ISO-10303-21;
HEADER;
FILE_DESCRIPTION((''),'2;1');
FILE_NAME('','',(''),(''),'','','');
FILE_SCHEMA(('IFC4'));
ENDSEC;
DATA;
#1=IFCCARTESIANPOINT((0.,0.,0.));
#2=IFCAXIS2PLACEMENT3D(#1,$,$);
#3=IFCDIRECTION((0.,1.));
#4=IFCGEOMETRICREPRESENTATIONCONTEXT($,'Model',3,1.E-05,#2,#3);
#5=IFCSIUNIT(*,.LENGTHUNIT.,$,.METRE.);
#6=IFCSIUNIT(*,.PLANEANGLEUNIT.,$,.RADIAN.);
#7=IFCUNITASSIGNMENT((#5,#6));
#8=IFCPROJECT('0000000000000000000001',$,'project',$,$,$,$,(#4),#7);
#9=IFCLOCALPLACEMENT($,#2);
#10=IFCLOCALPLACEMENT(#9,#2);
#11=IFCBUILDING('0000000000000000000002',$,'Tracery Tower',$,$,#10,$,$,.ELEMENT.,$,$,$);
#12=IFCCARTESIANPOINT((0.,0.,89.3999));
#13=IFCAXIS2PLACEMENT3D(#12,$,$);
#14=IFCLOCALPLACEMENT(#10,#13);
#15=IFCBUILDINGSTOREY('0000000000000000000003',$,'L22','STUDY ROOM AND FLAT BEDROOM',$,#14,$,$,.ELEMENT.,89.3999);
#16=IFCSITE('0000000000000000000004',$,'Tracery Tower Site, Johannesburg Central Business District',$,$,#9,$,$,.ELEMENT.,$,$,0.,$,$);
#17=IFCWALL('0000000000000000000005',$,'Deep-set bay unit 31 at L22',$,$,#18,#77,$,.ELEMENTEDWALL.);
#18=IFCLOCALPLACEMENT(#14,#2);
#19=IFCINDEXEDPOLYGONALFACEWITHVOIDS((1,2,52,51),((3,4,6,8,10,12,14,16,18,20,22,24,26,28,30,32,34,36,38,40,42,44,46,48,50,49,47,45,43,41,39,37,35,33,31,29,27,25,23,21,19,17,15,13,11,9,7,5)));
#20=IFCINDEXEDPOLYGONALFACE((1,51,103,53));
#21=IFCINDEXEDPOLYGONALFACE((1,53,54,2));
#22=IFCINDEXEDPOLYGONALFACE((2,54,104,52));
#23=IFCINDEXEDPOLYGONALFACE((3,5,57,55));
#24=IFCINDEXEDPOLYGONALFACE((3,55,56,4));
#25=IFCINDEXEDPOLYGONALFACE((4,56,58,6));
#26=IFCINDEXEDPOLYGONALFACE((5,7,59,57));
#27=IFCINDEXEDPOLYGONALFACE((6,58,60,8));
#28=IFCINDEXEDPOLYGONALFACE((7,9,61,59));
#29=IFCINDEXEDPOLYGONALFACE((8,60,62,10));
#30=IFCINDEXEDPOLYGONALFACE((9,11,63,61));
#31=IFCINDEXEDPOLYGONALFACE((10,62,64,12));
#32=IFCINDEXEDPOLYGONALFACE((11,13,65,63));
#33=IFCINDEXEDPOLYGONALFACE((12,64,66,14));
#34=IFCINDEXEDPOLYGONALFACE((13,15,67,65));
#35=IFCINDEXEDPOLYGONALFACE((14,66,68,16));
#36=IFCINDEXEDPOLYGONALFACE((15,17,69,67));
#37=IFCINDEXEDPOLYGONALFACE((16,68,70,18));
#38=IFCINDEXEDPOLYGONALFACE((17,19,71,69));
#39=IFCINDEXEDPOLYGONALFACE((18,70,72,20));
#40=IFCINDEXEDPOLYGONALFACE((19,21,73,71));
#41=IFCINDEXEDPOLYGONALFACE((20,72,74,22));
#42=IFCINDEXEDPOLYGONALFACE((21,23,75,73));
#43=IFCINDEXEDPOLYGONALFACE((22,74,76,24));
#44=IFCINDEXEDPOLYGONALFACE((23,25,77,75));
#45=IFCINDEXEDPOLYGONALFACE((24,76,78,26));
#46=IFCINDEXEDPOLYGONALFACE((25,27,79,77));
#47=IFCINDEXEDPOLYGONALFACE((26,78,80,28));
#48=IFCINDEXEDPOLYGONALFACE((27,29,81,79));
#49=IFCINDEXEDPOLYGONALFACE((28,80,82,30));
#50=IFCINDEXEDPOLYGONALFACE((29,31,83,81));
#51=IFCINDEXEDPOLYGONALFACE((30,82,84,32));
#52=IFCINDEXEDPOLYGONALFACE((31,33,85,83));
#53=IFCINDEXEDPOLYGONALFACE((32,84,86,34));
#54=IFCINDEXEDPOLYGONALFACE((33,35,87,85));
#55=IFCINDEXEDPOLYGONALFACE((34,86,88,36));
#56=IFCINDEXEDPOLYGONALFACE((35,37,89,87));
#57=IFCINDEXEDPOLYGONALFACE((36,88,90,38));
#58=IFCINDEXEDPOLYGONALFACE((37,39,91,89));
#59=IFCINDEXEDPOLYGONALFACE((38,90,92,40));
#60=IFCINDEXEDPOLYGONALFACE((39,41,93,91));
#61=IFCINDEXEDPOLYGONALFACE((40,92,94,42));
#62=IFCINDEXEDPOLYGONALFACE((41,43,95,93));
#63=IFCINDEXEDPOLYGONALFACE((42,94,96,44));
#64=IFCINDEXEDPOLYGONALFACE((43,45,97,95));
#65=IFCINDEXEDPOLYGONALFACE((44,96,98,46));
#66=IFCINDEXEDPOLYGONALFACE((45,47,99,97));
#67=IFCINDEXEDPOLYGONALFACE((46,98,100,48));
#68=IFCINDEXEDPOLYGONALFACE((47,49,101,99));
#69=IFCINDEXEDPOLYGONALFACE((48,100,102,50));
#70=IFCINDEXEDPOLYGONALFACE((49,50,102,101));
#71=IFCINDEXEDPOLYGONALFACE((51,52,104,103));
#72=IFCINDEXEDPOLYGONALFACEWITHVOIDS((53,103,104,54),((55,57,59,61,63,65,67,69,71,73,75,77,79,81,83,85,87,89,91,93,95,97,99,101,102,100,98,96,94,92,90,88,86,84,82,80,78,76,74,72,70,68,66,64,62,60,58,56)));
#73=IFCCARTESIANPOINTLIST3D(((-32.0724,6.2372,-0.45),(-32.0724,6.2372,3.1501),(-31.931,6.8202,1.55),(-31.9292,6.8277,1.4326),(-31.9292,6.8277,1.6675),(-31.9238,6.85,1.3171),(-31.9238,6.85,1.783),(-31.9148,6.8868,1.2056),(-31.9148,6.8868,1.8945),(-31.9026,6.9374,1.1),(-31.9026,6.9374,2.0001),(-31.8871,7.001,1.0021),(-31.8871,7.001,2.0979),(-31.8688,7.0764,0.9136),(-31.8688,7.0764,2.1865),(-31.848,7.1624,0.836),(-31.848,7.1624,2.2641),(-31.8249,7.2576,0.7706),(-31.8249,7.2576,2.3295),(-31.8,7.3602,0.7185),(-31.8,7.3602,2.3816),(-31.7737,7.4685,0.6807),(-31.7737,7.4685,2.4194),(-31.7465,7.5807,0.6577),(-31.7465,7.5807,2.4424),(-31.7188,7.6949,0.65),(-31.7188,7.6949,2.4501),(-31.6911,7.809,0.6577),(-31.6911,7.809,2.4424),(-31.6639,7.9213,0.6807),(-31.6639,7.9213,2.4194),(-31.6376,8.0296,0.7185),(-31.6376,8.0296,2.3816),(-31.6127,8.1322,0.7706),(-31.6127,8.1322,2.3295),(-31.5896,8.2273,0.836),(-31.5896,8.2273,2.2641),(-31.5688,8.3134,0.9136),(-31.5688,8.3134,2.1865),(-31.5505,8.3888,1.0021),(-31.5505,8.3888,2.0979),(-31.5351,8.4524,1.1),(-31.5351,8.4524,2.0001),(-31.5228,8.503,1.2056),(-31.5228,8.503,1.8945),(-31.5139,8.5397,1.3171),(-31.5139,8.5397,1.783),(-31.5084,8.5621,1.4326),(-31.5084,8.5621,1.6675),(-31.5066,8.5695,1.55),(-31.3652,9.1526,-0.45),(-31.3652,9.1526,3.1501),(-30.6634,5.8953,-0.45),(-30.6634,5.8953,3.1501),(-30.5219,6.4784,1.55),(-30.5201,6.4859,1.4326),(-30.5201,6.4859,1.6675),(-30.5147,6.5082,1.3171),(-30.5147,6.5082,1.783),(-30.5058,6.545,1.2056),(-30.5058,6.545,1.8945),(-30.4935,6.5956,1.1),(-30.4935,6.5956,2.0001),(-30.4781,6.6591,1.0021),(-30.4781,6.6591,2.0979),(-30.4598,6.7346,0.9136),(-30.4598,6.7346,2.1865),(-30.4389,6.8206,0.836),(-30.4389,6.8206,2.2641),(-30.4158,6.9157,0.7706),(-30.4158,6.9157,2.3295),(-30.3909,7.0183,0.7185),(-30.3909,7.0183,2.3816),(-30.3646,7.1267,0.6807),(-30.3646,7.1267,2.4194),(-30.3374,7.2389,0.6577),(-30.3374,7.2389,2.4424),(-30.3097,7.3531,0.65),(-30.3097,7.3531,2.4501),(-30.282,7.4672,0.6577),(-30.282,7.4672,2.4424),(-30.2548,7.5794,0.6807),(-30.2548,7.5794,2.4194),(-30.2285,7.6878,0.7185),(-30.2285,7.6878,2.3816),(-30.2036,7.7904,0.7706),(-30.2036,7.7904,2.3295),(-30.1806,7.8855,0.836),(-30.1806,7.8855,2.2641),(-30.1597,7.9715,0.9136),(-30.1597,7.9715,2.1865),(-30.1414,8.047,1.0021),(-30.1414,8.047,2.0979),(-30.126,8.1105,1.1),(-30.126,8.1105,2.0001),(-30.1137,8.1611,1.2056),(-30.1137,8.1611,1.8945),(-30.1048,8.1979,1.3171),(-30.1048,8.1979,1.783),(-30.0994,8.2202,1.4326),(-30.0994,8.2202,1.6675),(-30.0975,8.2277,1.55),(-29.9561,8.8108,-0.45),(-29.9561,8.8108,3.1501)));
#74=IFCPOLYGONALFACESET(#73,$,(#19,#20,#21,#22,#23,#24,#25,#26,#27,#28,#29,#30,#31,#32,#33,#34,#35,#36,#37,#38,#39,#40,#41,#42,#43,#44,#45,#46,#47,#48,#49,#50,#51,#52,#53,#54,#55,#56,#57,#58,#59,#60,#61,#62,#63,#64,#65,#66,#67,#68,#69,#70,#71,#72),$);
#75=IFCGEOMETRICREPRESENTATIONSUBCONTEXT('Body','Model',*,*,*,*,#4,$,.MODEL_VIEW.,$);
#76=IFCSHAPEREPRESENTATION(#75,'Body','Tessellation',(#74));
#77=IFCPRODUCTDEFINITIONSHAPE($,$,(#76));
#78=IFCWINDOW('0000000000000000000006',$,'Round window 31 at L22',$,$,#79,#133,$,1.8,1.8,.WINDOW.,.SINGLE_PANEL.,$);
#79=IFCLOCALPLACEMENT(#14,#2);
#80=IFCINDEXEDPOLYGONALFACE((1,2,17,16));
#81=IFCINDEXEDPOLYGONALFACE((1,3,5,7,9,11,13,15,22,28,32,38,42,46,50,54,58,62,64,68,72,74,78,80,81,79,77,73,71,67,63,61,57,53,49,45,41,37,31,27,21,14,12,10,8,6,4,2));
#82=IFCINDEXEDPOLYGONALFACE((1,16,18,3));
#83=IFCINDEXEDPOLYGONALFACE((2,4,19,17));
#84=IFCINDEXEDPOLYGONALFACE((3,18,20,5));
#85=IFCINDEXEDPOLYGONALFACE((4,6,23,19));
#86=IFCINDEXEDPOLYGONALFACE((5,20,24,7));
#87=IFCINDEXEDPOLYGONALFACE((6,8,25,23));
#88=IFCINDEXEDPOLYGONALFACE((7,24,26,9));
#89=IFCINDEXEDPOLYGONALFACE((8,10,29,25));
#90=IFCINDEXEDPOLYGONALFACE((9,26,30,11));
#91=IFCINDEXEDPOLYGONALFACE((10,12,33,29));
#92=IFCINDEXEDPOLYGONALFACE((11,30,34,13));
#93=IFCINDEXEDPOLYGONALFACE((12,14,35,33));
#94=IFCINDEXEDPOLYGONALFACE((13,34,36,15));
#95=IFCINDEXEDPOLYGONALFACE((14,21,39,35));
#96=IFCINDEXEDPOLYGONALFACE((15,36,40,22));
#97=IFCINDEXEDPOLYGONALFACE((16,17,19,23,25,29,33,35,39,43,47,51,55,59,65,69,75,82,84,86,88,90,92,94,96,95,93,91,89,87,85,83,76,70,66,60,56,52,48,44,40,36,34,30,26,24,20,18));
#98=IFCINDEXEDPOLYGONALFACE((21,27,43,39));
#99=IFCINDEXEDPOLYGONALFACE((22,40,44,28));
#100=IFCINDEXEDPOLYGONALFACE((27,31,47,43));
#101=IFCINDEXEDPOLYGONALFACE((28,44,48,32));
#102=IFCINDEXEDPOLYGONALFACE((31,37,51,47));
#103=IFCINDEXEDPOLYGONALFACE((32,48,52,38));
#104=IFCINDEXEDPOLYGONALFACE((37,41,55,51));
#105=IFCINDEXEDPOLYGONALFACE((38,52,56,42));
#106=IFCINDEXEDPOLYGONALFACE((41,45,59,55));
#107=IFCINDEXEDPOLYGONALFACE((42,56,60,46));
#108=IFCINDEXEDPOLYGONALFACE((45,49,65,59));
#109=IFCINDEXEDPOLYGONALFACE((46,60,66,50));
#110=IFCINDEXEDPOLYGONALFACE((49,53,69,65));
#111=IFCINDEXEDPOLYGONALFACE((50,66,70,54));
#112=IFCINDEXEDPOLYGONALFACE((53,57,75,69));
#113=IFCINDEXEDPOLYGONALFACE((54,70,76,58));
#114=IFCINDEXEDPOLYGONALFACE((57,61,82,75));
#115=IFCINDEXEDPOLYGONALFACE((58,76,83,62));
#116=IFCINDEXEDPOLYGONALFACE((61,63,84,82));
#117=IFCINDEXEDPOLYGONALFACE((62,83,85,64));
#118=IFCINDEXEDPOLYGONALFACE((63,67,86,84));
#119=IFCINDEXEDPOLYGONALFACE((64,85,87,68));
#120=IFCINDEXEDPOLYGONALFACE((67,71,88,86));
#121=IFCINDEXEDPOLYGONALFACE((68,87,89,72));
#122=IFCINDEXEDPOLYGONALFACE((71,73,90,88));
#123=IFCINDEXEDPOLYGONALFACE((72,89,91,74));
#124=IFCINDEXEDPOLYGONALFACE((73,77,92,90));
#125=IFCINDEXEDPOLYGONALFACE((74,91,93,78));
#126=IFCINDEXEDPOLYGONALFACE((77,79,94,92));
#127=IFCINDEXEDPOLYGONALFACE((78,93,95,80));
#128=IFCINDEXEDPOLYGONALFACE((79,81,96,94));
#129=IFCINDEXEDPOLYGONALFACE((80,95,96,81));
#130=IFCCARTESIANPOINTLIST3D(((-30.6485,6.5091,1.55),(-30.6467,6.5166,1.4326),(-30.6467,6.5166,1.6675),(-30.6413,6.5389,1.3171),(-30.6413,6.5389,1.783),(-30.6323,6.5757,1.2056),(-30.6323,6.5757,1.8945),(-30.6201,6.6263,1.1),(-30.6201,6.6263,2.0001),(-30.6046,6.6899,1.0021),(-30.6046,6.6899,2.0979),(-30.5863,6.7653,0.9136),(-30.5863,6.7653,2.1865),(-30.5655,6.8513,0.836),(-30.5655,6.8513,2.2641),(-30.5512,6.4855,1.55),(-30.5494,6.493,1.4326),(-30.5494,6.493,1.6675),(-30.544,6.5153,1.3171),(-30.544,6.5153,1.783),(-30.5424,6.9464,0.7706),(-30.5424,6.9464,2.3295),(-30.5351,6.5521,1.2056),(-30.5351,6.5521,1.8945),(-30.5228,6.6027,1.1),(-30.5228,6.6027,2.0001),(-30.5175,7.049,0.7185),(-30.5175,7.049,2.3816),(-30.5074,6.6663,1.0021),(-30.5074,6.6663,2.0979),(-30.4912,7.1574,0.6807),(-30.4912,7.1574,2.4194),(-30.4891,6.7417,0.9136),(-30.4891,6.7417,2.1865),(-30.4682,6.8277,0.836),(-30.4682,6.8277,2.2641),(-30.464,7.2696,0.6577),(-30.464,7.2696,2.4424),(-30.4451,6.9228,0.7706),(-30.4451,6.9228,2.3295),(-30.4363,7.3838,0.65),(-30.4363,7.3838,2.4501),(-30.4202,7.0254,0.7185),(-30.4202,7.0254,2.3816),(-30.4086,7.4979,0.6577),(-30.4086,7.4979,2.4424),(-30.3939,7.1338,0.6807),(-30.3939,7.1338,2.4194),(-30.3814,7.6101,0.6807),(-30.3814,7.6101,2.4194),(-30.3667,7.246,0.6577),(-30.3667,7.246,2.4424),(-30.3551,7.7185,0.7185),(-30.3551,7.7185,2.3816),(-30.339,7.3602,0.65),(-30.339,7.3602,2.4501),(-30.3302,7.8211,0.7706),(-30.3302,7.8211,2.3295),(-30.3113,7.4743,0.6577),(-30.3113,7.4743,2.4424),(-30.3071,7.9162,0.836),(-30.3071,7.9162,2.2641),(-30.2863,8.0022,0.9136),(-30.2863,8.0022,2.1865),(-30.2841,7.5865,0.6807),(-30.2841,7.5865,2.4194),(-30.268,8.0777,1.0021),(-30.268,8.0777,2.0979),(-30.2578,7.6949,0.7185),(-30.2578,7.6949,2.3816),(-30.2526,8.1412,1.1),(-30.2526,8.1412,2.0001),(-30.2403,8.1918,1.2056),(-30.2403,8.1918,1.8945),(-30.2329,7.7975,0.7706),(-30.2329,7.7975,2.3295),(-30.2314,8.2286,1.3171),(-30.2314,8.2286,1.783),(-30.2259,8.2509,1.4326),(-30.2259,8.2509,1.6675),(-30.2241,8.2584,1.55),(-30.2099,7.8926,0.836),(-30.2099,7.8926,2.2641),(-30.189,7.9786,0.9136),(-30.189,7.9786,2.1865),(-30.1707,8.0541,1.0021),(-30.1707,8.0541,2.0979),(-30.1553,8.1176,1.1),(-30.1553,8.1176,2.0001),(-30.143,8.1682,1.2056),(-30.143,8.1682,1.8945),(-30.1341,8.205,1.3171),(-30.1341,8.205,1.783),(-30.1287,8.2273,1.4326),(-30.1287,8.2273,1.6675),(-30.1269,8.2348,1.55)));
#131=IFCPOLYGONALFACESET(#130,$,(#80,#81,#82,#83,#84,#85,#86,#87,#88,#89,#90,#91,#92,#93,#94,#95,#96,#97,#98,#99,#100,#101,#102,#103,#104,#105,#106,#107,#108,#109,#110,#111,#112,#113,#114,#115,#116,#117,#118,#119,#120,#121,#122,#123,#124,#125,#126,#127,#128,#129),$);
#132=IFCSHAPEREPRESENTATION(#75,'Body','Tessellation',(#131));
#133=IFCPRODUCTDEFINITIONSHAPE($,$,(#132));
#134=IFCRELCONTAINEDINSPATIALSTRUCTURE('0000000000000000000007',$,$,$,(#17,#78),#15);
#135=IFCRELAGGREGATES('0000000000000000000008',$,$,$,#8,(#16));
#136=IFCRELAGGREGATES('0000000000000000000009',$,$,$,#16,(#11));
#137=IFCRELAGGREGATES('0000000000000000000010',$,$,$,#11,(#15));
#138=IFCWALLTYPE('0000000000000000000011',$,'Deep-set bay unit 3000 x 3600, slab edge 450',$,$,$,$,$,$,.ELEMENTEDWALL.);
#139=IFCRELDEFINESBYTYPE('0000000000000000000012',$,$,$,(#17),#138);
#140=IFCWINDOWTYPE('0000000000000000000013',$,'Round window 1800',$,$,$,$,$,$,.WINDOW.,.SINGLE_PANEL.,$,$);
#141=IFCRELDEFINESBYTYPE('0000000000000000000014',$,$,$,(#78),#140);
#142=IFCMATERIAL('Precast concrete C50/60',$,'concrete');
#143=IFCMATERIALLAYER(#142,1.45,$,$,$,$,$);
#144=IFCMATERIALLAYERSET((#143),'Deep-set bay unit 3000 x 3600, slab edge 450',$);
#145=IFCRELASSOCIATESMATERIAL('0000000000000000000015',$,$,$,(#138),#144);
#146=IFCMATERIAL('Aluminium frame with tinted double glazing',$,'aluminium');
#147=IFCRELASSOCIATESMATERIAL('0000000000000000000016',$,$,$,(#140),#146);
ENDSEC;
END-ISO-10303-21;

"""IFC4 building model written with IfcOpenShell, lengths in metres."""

from ifc_helpers import new_model, si_unit, direction, frame, frame_2d, origin, origin_2d, place, context, subcontext, project, spatial, rectangle, circle, extrude, material, layer, layer_set, type_object, element, fill, save


model = new_model("IFC4")

# Units and contexts
model_context = context("Model", 3, precision=1e-05, world=origin(), true_north=direction((0.0, 1.0)))
body_context = subcontext(model_context, "Body", "Model", "MODEL_VIEW")
ifc_project = project(units=[si_unit("LENGTHUNIT", "METRE"), si_unit("PLANEANGLEUNIT", "RADIAN")], contexts=[model_context])

# Site, building, storey
site_placement = place(None, origin())
site = spatial("IfcSite", under=ifc_project, at=site_placement, Name="Tracery Tower Site, Johannesburg Central Business District", CompositionType="ELEMENT", RefElevation=0.0)
building_placement = place(site_placement, origin())
building = spatial("IfcBuilding", under=site, at=building_placement, Name="Tracery Tower", CompositionType="ELEMENT")
storey_placement = place(building_placement, frame((0.0, 0.0, 89.3999)))
storey = spatial("IfcBuildingStorey", under=building, at=storey_placement, Name="L22", Description="STUDY ROOM AND FLAT BEDROOM", CompositionType="ELEMENT", Elevation=89.3999)

# Wall, opening, window
ifc_material_1 = material(Name="Precast concrete C50/60", Category="concrete")
ifc_layer_1 = layer(ifc_material_1, 1.45)
ifc_layer_set_1 = layer_set([ifc_layer_1], Name="Deep-set bay unit 3000 x 3600, slab edge 450")
wall_type_1 = type_object("IfcWallType", Name="Deep-set bay unit 3000 x 3600, slab edge 450", PredefinedType="ELEMENTEDWALL", material=ifc_layer_set_1)
wall_1_placement = place(storey_placement, frame((-30.6606, 8.9817, -0.45), z_axis=(0.0, 0.0, 1.0), x_axis=(-0.235751, -0.971813, 0.0)))
wall_1 = element("IfcWall", 1, at=wall_1_placement, inside=storey, type_object=wall_type_1, Name="Deep-set bay unit 31 at L22", PredefinedType="ELEMENTEDWALL", context=body_context, shape_type="SweptSolid", body=[
    extrude(rectangle(XDim=3.0, YDim=1.45, at=frame_2d((1.5, 0.0))), origin(), (0.0, 0.0, 1.0), 3.6001),
])
opening_1_placement = place(wall_1_placement, frame((1.5, 0.0, 2.0)))
opening_1 = element("IfcOpeningElement", 2, at=opening_1_placement, cuts=wall_1, PredefinedType="OPENING", context=body_context, shape_type="SweptSolid", body=[
    extrude(circle(Radius=0.9, at=origin_2d()), frame((0.0, 0.7349, 0.0), z_axis=(0.0, -1.0, 0.0), x_axis=(1.0, 0.0, 0.0)), (0.0, 0.0, 1.0), 1.47),
])
ifc_material_2 = material(Name="Aluminium frame with tinted double glazing", Category="aluminium")
window_type = type_object("IfcWindowType", Name="Round window 1800", PartitioningType="SINGLE_PANEL", PredefinedType="WINDOW", material=ifc_material_2)
window_1_placement = place(opening_1_placement, origin())
window_1 = element("IfcWindow", 3, at=window_1_placement, inside=storey, type_object=window_type, Name="Round window 31 at L22", OverallHeight=1.8, OverallWidth=1.8, PartitioningType="SINGLE_PANEL", PredefinedType="WINDOW", context=body_context, shape_type="SweptSolid", body=[
    extrude(circle(Radius=0.9, at=origin_2d()), frame((0.0, 0.6948, 0.0), z_axis=(0.0, -1.0, 0.0), x_axis=(1.0, 0.0, 0.0)), (0.0, 0.0, 1.0), 0.1001),
])
fill(opening_1, window_1)

save(model, "model.ifc")
